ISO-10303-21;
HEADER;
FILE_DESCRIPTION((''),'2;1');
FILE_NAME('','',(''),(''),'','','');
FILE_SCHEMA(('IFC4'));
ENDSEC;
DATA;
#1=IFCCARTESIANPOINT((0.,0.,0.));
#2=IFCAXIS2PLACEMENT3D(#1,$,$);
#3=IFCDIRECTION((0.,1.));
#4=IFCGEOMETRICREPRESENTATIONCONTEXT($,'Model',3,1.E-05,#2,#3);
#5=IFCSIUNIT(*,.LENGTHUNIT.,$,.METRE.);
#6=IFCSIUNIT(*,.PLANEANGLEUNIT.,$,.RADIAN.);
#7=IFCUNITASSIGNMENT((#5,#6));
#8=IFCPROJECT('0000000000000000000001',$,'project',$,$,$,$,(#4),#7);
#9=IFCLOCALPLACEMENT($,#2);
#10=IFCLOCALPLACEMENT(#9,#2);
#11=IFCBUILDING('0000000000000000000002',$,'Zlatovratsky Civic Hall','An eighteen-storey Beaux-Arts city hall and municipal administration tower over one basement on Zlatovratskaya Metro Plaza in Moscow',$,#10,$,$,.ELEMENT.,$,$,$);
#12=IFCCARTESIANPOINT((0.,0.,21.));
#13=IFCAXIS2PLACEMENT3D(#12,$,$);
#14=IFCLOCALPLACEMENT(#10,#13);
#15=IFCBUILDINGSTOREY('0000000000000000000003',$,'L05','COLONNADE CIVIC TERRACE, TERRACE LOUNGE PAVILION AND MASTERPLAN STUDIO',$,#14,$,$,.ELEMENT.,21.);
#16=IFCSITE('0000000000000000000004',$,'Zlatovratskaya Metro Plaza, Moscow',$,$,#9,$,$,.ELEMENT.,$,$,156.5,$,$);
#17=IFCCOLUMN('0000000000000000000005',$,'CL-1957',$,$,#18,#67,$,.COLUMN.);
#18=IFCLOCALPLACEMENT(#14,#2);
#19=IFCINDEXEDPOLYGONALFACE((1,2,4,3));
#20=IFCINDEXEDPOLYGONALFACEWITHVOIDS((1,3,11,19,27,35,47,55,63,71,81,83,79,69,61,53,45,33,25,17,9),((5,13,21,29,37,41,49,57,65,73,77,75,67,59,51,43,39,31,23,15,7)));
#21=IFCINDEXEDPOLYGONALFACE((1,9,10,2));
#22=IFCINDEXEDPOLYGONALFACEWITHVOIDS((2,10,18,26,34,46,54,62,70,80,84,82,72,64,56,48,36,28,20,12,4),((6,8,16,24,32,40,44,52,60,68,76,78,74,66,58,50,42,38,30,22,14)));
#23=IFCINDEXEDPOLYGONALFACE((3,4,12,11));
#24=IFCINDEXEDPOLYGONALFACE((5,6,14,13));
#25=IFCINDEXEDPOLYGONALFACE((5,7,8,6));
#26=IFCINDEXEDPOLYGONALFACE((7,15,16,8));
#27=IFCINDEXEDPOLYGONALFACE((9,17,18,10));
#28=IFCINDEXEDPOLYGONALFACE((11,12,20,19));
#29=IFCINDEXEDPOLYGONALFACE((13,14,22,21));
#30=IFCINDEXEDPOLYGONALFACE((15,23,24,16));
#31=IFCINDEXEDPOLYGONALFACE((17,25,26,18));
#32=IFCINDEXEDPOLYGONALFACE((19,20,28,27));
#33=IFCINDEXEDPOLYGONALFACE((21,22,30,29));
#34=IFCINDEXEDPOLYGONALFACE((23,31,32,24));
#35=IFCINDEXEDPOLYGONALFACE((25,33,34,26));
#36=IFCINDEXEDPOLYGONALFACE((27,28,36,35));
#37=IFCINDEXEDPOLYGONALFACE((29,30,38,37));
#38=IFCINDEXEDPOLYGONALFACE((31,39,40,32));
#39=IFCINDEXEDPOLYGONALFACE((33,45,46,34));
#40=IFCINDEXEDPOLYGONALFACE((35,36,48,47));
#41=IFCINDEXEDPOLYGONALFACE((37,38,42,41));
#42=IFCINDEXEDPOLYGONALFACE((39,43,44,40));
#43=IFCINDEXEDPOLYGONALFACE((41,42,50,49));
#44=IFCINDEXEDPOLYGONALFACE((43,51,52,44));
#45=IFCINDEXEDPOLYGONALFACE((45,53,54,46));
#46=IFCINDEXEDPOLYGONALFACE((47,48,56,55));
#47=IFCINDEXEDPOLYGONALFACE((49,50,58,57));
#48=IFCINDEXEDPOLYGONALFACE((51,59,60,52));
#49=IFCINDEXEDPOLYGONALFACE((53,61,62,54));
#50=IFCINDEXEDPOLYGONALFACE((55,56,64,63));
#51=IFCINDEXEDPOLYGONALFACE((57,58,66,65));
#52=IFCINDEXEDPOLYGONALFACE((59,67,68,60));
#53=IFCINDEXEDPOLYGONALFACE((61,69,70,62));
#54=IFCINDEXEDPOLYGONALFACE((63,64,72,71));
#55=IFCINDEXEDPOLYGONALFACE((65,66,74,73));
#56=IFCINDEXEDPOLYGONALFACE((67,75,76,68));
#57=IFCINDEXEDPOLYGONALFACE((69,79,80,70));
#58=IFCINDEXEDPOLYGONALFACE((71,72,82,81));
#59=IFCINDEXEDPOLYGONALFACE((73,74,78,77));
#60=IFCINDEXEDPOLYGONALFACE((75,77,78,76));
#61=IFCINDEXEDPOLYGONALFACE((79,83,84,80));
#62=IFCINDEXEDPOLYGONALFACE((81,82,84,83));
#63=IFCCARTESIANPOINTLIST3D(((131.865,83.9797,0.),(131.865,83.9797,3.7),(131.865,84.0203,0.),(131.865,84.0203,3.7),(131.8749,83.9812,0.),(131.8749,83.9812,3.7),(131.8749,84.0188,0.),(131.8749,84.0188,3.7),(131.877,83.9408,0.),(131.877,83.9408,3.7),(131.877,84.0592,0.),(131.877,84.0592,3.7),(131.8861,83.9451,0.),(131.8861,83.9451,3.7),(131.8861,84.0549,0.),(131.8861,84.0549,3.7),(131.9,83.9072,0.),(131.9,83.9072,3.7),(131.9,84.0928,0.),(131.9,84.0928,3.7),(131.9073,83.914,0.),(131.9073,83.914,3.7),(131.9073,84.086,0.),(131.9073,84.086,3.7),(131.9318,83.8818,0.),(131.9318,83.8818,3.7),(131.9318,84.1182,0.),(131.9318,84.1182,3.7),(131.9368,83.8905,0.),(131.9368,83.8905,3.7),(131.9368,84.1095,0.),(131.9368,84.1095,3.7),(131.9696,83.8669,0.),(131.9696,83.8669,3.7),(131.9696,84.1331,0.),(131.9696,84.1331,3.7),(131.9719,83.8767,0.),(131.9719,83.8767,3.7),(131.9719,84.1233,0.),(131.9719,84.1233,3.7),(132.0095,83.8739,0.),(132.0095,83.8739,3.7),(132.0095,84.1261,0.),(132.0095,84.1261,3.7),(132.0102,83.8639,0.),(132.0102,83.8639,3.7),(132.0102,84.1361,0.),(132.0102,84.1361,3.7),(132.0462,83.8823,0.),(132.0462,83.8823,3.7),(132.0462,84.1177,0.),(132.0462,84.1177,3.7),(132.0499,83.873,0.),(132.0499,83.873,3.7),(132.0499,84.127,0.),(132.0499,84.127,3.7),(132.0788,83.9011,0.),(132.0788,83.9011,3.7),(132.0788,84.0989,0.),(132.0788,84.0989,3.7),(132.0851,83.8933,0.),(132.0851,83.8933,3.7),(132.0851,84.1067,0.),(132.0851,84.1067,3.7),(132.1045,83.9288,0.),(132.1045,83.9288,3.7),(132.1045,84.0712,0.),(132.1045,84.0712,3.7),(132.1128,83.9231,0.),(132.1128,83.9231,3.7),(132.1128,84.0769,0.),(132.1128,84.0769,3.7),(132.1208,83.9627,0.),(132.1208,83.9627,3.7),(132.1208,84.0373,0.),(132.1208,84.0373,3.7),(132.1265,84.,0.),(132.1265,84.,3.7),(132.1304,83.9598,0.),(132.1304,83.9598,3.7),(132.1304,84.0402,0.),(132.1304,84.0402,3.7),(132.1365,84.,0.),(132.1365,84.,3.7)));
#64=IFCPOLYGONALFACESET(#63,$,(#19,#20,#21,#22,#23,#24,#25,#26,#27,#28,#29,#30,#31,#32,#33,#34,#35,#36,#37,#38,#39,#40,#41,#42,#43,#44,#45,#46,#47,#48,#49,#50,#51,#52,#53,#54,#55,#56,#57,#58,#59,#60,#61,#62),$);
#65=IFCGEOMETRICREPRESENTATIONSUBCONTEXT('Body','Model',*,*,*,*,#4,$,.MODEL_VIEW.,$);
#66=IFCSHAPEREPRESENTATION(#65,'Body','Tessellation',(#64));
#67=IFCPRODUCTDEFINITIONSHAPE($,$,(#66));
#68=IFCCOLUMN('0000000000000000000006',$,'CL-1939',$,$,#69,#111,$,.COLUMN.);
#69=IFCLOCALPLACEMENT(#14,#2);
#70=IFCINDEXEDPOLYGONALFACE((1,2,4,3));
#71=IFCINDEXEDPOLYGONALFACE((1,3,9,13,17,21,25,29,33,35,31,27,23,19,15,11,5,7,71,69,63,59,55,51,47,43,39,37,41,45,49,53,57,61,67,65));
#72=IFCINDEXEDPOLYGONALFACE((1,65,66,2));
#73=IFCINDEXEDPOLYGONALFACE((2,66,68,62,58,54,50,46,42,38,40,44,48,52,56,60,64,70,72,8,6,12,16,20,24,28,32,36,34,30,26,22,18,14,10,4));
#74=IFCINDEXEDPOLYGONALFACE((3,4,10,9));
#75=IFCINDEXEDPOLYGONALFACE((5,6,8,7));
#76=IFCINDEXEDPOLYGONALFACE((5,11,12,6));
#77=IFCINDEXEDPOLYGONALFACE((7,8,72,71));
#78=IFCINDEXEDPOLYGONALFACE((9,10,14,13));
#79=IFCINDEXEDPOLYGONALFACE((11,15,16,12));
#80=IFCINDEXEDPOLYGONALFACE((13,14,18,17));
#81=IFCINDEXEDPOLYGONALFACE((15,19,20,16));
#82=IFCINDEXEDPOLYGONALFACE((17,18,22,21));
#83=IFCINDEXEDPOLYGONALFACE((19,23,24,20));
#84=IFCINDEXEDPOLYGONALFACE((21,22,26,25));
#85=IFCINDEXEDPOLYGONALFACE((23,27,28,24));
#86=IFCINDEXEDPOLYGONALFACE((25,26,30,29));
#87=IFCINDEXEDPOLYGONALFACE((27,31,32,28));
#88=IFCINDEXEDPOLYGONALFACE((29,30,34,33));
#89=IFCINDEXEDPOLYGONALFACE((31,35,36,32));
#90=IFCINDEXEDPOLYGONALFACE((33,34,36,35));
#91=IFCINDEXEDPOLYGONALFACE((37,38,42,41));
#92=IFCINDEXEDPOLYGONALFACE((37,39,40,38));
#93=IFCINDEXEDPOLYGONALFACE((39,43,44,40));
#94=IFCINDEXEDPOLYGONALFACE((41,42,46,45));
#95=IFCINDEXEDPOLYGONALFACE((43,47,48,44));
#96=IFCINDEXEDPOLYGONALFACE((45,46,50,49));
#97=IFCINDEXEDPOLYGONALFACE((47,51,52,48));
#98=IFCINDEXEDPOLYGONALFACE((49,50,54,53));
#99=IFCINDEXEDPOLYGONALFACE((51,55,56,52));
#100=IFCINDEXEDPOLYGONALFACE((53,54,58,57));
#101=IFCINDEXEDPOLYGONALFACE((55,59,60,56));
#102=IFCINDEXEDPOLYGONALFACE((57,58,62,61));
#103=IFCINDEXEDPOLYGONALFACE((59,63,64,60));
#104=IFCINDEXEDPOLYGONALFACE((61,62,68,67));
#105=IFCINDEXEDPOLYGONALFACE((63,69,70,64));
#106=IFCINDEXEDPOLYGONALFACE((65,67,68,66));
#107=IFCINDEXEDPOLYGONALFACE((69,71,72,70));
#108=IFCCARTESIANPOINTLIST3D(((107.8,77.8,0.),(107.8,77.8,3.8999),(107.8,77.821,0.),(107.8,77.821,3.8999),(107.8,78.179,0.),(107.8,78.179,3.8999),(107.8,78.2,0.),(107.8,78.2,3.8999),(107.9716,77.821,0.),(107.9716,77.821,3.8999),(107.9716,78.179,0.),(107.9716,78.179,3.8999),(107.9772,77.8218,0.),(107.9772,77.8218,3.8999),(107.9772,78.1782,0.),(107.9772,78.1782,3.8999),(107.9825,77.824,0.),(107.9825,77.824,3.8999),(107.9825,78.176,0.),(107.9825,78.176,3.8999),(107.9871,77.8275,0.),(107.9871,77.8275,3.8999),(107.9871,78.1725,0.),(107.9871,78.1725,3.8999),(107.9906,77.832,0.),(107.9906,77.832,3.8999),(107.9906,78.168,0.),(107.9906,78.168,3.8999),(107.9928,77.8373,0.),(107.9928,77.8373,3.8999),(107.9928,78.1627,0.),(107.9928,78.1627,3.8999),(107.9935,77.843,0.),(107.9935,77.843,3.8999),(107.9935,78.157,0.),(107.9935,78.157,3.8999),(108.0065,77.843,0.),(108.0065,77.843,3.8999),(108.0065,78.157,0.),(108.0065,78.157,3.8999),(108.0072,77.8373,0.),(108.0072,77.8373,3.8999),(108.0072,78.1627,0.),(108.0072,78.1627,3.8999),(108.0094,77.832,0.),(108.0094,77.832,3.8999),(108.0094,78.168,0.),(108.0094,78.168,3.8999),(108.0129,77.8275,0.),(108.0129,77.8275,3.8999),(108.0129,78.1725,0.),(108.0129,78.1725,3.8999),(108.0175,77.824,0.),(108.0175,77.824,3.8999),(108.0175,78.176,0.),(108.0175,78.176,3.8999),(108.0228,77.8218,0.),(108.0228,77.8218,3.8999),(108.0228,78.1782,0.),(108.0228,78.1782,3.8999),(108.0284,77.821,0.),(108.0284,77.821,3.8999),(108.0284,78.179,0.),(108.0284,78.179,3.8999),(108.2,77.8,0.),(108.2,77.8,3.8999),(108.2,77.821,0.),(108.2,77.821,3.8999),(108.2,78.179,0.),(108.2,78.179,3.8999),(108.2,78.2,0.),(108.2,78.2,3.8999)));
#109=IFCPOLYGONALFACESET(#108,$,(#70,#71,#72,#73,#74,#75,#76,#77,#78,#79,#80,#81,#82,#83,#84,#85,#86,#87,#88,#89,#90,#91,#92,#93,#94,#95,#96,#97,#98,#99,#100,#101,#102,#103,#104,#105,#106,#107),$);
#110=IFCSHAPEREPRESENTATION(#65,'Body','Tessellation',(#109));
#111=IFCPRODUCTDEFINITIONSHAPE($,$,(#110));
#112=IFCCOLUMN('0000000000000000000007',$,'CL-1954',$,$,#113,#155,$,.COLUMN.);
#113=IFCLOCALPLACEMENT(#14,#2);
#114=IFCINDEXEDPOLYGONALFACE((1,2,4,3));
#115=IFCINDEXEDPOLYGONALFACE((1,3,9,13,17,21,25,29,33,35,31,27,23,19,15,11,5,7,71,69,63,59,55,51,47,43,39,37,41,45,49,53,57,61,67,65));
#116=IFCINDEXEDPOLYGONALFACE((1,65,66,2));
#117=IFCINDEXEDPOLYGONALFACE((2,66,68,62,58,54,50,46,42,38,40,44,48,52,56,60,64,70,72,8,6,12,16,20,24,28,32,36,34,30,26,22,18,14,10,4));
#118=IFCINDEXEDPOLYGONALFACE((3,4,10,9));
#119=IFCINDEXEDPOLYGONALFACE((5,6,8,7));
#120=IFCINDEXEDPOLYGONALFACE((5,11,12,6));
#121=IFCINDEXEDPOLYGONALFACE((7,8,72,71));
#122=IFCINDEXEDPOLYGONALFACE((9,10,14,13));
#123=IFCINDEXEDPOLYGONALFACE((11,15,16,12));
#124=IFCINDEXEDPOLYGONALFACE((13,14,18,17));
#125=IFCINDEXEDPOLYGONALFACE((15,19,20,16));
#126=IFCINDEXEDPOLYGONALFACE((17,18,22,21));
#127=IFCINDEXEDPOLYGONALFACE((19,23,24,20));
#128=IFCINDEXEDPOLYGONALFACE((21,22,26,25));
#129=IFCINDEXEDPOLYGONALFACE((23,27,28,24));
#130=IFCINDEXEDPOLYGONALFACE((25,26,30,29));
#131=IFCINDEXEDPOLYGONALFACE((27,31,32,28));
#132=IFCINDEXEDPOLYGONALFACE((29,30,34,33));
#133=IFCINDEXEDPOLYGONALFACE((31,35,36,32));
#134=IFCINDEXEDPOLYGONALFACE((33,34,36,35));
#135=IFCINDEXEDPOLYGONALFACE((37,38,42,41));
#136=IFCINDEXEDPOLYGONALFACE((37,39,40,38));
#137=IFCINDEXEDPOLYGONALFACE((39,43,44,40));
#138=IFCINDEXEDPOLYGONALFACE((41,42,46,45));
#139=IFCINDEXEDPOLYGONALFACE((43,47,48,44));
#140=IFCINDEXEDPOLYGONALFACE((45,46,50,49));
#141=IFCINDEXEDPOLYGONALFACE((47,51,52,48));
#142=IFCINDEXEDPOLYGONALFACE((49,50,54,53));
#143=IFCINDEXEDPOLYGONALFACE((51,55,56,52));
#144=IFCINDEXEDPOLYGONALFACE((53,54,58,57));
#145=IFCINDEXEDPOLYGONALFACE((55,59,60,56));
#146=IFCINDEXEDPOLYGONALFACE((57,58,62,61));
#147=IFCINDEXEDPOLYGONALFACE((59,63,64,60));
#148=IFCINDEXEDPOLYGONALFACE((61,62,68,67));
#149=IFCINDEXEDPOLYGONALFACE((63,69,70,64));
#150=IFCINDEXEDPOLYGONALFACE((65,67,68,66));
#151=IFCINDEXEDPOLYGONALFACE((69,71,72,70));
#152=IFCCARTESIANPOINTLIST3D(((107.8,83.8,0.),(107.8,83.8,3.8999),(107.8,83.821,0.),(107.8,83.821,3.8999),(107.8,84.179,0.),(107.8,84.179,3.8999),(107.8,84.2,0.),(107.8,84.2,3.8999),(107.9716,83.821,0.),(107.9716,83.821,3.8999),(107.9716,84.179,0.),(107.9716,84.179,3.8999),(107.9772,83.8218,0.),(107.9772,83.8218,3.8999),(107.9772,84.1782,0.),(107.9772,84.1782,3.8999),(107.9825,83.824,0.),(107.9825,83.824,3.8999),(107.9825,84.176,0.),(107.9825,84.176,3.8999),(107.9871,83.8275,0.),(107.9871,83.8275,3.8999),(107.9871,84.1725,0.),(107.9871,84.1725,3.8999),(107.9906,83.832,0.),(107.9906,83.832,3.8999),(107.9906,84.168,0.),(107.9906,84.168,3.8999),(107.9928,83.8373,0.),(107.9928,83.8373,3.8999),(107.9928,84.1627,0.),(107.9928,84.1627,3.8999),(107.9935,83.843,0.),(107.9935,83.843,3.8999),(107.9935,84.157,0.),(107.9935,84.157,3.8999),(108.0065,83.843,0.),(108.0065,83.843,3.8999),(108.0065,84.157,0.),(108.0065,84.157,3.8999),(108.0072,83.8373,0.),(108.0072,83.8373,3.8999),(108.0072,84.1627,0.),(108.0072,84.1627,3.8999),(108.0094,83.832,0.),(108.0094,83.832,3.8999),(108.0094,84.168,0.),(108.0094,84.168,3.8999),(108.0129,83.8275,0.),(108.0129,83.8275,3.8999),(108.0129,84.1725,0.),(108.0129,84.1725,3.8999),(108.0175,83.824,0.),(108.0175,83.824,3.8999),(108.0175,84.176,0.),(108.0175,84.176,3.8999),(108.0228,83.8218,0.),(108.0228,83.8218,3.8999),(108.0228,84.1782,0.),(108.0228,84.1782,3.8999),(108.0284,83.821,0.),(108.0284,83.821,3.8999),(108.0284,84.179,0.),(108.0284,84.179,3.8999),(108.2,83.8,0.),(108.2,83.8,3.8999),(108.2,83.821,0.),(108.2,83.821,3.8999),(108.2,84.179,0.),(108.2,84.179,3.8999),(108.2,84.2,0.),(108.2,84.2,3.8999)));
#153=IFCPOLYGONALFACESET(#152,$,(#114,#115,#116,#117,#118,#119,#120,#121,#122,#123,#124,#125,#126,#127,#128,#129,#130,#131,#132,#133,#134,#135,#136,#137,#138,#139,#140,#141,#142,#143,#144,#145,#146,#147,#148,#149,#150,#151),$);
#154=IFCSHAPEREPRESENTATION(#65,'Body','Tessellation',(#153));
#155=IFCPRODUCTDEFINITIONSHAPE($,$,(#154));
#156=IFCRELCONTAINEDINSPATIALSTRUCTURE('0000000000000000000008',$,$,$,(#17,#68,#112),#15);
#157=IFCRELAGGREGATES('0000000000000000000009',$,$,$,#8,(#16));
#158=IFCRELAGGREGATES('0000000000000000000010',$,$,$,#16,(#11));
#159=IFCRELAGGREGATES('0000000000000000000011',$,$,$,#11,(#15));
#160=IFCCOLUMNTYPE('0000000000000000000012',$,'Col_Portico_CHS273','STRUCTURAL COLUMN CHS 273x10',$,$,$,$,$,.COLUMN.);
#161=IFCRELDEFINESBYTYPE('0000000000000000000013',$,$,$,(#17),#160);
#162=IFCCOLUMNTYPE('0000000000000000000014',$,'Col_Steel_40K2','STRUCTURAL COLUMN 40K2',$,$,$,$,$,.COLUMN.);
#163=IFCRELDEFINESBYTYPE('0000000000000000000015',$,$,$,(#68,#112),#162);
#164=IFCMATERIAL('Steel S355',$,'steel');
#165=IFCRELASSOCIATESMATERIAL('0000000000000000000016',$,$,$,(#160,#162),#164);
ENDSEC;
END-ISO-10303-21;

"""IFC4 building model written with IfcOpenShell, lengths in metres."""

from ifc_helpers import new_model, si_unit, direction, frame, origin, origin_2d, place, context, subcontext, project, spatial, hollow_circle, i_section, extrude, material, material_profile, profile_set, type_object, element, save


model = new_model("IFC4")

# Units and contexts
model_context = context("Model", 3, precision=1e-05, world=origin(), true_north=direction((0.0, 1.0)))
body_context = subcontext(model_context, "Body", "Model", "MODEL_VIEW")
ifc_project = project(units=[si_unit("LENGTHUNIT", "METRE"), si_unit("PLANEANGLEUNIT", "RADIAN")], contexts=[model_context])

# Site, building, storey
site_placement = place(None, origin())
site = spatial("IfcSite", under=ifc_project, at=site_placement, Name="Zlatovratskaya Metro Plaza, Moscow", CompositionType="ELEMENT", RefElevation=156.5)
building_placement = place(site_placement, origin())
building = spatial("IfcBuilding", under=site, at=building_placement, Name="Zlatovratsky Civic Hall", Description="An eighteen-storey Beaux-Arts city hall and municipal administration tower over one basement on Zlatovratskaya Metro Plaza in Moscow", CompositionType="ELEMENT")
storey_placement = place(building_placement, frame((0.0, 0.0, 21.0)))
storey = spatial("IfcBuildingStorey", under=building, at=storey_placement, Name="L05", Description="COLONNADE CIVIC TERRACE, TERRACE LOUNGE PAVILION AND MASTERPLAN STUDIO", CompositionType="ELEMENT", Elevation=21.0)

# Columns
ifc_material_1 = material(Name="Steel S355", Category="steel")
ifc_material_profile_1 = material_profile(ifc_material_1, hollow_circle(Radius=0.1365, WallThickness=0.01, at=origin_2d()), Name="CHS 273x10")
ifc_profile_set_1 = profile_set([ifc_material_profile_1], Name="Steel S355")
column_type_1 = type_object("IfcColumnType", Name="Col_Portico_CHS273", Description="STRUCTURAL COLUMN CHS 273x10", PredefinedType="COLUMN", material=ifc_profile_set_1)
for number, where, z_axis, x_axis, name in (
    (1, (132.0, 84.0, 0.0), (0.0, 0.0, 1.0), (1.0, 0.0, 0.0), "CL-1957"),
):
    element("IfcColumn", number, at=place(storey_placement, frame(where, z_axis=z_axis, x_axis=x_axis)), inside=storey, type_object=column_type_1, Name=name, PredefinedType="COLUMN", context=body_context, shape_type="SweptSolid", body=[
        extrude(hollow_circle(Radius=0.1365, WallThickness=0.01, at=origin_2d()), origin(), (0.0, 0.0, 1.0), 3.7),
    ])
ifc_material_profile_2 = material_profile(ifc_material_1, i_section(OverallWidth=0.3999, OverallDepth=0.3999, WebThickness=0.0129, FlangeThickness=0.021, FilletRadius=0.022, at=origin_2d()), Name="40K2")
ifc_profile_set_2 = profile_set([ifc_material_profile_2], Name="Steel S355")
column_type_2 = type_object("IfcColumnType", Name="Col_Steel_40K2", Description="STRUCTURAL COLUMN 40K2", PredefinedType="COLUMN", material=ifc_profile_set_2)
for number, where, z_axis, x_axis, name in (
    (2, (108.0, 78.0, 0.0), (0.0, 0.0, 1.0), (1.0, 0.0, 0.0), "CL-1939"),
    (3, (108.0, 84.0, 0.0), (0.0, 0.0, 1.0), (1.0, 0.0, 0.0), "CL-1954"),
):
    element("IfcColumn", number, at=place(storey_placement, frame(where, z_axis=z_axis, x_axis=x_axis)), inside=storey, type_object=column_type_2, Name=name, PredefinedType="COLUMN", context=body_context, shape_type="SweptSolid", body=[
        extrude(i_section(OverallWidth=0.3999, OverallDepth=0.3999, WebThickness=0.0129, FlangeThickness=0.021, FilletRadius=0.022, at=origin_2d()), origin(), (0.0, 0.0, 1.0), 3.8999),
    ])

save(model, "model.ifc")
